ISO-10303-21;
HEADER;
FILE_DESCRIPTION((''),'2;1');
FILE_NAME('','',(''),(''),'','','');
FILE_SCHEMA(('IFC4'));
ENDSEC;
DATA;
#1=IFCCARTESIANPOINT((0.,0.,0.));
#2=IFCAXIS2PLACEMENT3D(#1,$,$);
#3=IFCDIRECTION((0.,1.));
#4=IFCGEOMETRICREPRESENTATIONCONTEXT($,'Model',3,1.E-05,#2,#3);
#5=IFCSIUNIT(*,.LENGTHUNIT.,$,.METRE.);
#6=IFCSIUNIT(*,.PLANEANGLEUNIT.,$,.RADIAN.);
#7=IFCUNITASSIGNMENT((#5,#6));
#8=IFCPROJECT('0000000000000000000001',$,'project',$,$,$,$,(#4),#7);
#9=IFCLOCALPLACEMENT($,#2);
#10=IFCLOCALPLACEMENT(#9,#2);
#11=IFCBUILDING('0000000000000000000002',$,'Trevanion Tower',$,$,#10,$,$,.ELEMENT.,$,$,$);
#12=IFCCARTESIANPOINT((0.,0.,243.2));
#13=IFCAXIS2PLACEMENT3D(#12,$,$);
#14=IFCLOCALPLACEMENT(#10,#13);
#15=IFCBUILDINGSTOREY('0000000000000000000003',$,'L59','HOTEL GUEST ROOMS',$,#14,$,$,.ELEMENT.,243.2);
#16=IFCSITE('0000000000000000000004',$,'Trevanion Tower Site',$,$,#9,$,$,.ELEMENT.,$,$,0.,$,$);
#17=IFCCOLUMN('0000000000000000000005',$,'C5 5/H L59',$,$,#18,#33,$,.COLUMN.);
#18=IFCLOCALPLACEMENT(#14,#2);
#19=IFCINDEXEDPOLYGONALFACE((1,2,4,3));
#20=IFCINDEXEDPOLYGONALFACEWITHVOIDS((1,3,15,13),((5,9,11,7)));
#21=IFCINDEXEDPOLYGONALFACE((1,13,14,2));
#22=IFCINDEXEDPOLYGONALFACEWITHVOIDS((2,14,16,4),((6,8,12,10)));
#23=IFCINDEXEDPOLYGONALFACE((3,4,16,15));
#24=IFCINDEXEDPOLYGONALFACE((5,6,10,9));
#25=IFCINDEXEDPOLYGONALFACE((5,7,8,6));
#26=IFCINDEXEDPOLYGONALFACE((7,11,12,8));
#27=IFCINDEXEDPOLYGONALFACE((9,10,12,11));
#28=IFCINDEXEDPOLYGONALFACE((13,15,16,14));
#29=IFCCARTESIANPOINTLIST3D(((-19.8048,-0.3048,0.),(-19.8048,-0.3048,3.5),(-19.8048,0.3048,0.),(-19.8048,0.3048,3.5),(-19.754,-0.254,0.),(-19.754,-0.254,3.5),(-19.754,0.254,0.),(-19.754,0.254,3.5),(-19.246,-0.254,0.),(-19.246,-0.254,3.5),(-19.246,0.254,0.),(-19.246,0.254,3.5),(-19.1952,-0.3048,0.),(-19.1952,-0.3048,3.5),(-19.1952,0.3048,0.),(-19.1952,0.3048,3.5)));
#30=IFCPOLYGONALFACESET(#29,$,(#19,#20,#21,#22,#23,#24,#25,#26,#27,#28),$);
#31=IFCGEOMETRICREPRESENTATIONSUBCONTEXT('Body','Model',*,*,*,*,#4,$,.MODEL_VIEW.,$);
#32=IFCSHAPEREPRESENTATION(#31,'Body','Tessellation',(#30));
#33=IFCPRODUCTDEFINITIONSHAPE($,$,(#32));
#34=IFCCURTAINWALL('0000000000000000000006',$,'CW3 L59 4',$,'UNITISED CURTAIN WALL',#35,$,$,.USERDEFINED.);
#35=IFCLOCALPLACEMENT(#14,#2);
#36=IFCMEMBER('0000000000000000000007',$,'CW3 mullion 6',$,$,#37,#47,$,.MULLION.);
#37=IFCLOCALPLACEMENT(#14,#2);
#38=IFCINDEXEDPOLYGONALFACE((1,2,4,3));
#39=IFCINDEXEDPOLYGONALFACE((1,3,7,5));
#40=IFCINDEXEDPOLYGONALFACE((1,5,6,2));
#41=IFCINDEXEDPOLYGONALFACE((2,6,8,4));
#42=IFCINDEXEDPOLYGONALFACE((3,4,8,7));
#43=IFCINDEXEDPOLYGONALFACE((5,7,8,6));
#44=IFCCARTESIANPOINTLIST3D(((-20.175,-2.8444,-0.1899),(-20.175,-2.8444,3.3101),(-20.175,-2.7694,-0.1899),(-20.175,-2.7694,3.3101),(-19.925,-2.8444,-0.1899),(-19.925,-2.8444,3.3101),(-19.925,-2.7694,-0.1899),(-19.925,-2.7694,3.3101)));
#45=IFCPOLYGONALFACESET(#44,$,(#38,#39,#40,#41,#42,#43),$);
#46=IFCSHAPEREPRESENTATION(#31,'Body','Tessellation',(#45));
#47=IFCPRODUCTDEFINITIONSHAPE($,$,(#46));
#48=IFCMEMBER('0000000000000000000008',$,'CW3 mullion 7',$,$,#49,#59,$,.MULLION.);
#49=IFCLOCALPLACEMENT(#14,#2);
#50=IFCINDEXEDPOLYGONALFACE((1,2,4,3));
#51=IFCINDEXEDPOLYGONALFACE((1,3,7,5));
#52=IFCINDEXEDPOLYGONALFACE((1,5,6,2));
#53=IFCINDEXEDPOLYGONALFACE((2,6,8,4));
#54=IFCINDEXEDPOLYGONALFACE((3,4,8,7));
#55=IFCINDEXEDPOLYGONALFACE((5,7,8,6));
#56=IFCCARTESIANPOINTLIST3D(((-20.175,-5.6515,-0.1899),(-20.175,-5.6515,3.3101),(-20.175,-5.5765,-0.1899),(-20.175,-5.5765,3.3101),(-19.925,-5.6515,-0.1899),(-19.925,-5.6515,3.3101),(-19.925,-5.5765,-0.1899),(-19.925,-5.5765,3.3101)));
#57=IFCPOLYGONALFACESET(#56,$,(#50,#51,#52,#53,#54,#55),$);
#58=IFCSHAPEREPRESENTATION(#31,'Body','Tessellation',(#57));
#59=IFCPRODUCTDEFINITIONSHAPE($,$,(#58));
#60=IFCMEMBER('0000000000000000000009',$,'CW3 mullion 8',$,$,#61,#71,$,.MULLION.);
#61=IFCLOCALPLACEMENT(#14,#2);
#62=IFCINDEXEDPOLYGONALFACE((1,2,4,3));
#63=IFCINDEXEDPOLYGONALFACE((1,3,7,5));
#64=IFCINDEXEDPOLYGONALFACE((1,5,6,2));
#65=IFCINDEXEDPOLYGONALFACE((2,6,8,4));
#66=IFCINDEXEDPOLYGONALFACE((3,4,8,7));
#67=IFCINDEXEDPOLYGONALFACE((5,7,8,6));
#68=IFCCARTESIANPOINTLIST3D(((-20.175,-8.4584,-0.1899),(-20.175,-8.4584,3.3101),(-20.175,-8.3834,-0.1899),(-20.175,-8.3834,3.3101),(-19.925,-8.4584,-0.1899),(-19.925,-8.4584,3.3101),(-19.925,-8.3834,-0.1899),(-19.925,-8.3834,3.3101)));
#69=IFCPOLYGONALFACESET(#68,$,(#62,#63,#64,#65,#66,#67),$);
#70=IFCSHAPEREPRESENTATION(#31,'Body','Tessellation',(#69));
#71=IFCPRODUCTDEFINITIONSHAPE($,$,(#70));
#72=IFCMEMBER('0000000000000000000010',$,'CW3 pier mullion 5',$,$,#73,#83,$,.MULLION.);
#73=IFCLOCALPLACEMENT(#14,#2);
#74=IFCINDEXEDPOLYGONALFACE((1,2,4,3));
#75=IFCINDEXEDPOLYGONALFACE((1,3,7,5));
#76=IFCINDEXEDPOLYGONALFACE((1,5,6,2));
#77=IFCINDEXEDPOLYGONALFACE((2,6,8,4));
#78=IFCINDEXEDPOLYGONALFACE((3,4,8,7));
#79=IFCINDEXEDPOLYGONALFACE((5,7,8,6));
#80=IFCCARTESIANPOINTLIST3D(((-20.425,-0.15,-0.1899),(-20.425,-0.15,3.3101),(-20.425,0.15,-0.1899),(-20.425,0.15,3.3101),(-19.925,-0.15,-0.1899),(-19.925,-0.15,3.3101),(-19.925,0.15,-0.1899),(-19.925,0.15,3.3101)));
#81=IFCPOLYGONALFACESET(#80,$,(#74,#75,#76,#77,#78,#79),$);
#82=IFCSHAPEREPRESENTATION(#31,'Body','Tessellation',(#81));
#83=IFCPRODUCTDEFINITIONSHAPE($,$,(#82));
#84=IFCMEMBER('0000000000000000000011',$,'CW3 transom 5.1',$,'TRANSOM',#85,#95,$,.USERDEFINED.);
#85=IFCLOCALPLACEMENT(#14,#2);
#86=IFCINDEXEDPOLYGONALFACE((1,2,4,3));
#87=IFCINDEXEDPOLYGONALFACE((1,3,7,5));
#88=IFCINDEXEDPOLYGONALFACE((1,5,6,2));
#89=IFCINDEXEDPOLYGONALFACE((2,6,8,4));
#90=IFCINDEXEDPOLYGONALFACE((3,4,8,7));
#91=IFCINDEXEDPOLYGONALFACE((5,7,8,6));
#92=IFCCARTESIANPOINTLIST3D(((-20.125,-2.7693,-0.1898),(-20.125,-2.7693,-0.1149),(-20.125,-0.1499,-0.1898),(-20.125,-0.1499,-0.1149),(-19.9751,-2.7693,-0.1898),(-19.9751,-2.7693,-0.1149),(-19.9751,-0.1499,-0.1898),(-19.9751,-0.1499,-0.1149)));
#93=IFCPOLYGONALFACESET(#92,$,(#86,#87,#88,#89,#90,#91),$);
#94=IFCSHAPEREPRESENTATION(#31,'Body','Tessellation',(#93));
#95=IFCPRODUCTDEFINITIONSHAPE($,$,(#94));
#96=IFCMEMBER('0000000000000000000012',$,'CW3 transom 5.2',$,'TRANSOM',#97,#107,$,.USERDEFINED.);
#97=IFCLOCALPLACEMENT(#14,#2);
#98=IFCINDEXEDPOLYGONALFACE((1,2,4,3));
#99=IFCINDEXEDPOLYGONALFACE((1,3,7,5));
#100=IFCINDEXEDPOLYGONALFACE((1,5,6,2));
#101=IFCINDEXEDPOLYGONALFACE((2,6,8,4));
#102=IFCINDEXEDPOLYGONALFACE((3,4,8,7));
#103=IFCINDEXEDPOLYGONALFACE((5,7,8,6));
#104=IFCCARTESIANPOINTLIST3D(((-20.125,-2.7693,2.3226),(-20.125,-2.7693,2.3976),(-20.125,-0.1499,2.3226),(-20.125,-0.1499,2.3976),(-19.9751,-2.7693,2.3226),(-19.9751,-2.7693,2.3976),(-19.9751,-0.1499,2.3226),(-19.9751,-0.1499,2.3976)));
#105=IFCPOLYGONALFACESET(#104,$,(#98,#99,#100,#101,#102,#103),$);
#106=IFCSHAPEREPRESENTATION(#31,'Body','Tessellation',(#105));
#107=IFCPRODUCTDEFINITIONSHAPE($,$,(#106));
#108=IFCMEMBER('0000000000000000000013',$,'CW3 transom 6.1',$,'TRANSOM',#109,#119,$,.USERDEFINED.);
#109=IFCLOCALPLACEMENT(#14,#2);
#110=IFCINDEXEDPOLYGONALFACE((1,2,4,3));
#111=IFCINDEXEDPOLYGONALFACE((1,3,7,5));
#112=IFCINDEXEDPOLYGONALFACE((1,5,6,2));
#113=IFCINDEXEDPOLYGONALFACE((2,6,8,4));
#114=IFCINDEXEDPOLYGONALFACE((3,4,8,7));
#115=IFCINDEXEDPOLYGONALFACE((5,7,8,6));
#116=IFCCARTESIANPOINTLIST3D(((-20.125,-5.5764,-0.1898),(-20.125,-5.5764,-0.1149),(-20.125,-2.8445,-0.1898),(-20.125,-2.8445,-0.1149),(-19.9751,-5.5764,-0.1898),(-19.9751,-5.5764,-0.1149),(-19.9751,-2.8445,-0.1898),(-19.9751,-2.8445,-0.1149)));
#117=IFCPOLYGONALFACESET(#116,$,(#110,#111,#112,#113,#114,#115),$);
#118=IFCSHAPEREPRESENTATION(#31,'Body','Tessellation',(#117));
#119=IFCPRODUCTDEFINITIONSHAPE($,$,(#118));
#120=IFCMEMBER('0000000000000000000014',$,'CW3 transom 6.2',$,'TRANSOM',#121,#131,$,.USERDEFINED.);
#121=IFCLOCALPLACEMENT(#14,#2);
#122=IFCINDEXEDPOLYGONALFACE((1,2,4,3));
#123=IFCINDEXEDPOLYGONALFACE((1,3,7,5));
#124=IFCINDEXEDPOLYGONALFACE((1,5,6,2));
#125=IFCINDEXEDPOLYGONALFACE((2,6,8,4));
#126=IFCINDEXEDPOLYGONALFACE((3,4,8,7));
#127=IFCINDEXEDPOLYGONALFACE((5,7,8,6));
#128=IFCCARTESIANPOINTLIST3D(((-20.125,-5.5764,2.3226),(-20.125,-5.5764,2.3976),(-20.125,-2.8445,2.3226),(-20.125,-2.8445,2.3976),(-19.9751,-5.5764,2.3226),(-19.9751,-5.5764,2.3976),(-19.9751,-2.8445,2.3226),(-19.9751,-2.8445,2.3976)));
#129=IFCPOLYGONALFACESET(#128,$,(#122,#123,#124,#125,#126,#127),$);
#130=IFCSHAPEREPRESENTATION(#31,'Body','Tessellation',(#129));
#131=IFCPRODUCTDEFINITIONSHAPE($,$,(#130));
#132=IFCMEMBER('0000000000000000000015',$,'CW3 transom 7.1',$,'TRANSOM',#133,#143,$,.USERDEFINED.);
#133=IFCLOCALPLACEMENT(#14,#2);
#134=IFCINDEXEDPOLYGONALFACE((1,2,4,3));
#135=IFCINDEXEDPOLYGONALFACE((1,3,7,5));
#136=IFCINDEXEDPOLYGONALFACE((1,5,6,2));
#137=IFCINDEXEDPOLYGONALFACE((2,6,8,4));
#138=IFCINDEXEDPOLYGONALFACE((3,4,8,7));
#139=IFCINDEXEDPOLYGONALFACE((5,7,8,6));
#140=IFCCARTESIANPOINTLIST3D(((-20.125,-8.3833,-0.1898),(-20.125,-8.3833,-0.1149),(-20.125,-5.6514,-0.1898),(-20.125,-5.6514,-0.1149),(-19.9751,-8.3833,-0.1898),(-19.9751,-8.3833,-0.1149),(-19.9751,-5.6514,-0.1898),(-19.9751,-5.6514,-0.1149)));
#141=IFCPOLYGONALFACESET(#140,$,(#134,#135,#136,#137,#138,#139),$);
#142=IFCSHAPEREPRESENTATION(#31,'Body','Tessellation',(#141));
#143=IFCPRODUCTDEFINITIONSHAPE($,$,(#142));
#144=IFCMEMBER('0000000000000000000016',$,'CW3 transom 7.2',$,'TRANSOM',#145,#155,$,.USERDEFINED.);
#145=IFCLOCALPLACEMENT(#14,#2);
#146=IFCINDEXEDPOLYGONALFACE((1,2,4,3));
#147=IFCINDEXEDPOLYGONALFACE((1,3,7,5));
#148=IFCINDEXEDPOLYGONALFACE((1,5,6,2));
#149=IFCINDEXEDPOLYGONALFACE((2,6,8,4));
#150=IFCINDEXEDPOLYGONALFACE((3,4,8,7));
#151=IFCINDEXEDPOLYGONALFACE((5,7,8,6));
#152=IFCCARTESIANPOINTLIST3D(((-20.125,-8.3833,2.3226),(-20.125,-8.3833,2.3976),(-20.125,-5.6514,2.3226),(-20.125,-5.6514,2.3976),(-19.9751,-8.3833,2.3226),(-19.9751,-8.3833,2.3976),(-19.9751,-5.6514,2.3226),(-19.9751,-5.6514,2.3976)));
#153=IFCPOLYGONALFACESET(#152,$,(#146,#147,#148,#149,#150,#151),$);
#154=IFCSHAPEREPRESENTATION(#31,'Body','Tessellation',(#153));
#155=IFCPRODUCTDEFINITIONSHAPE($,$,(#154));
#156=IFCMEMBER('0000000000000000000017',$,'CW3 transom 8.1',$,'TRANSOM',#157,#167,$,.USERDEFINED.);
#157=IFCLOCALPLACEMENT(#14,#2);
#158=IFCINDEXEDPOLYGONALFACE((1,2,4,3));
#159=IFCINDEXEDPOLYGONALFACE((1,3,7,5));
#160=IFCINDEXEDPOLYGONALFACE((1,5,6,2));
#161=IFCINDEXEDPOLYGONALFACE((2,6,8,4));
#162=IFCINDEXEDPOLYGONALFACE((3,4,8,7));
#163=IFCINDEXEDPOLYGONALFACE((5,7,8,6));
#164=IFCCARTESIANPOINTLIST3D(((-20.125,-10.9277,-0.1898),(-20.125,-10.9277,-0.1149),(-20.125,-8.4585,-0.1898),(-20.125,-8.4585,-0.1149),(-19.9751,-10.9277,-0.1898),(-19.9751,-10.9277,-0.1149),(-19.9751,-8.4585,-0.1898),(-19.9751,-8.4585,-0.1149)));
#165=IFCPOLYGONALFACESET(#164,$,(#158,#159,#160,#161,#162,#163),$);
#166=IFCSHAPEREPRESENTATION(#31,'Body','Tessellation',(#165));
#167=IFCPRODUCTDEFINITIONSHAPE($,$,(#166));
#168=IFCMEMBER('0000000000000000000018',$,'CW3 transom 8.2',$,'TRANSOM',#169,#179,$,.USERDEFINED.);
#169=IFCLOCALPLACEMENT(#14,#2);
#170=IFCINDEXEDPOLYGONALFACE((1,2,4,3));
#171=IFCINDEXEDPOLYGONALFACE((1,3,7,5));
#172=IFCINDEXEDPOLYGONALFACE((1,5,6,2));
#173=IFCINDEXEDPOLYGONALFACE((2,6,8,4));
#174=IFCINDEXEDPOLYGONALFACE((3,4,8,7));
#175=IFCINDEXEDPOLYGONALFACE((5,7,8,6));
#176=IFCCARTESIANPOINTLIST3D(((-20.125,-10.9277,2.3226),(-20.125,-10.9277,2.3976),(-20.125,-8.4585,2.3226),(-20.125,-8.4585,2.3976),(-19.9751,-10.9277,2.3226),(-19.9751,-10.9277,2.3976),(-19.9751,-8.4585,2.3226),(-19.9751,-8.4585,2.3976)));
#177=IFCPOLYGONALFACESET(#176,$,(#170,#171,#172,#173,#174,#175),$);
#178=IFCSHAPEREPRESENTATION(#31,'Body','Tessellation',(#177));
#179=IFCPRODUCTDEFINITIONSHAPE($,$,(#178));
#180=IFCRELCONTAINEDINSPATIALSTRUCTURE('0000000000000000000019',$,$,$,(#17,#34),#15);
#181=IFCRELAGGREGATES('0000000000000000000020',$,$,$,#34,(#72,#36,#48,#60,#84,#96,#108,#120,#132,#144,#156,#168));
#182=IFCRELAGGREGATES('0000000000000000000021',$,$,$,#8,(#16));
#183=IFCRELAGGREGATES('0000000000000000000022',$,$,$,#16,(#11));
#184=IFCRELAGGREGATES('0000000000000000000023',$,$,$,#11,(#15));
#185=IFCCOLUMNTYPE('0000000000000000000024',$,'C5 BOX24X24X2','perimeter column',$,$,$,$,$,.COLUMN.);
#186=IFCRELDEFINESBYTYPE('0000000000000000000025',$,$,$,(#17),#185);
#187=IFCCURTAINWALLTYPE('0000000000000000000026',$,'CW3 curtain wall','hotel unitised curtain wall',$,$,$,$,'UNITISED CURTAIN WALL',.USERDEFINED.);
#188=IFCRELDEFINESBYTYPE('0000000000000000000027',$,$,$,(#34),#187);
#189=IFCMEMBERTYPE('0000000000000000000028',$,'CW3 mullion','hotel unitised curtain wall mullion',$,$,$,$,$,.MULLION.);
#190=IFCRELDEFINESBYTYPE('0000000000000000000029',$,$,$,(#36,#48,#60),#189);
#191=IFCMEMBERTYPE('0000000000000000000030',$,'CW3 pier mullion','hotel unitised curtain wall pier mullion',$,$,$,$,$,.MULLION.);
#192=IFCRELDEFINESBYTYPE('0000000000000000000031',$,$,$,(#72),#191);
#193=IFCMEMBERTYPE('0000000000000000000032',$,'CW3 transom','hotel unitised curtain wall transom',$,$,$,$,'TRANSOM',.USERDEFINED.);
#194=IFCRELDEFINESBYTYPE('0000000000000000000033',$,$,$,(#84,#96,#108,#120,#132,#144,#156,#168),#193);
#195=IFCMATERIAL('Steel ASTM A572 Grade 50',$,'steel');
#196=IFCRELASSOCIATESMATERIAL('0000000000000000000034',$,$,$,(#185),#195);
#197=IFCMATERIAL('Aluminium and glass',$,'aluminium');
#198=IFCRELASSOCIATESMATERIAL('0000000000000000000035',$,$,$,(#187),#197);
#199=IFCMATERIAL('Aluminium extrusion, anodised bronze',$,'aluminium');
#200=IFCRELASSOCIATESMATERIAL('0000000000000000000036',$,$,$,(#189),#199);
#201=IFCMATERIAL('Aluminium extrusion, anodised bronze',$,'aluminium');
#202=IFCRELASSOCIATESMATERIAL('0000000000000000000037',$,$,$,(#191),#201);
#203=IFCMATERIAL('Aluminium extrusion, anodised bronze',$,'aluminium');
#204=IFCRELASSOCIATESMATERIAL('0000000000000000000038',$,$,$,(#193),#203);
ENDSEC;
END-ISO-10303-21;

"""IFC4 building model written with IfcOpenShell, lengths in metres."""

from ifc_helpers import new_model, si_unit, direction, frame, origin, origin_2d, place, context, subcontext, project, spatial, rectangle, hollow_rectangle, extrude, material, material_profile, profile_set, type_object, element, aggregate, save


model = new_model("IFC4")

# Units and contexts
model_context = context("Model", 3, precision=1e-05, world=origin(), true_north=direction((0.0, 1.0)))
body_context = subcontext(model_context, "Body", "Model", "MODEL_VIEW")
ifc_project = project(units=[si_unit("LENGTHUNIT", "METRE"), si_unit("PLANEANGLEUNIT", "RADIAN")], contexts=[model_context])

# Site, building, storey
site_placement = place(None, origin())
site = spatial("IfcSite", under=ifc_project, at=site_placement, Name="Trevanion Tower Site", CompositionType="ELEMENT", RefElevation=0.0)
building_placement = place(site_placement, origin())
building = spatial("IfcBuilding", under=site, at=building_placement, Name="Trevanion Tower", CompositionType="ELEMENT")
storey_placement = place(building_placement, frame((0.0, 0.0, 243.2)))
storey = spatial("IfcBuildingStorey", under=building, at=storey_placement, Name="L59", Description="HOTEL GUEST ROOMS", CompositionType="ELEMENT", Elevation=243.2)

# Column
ifc_material_1 = material(Name="Steel ASTM A572 Grade 50", Category="steel")
ifc_material_profile_1 = material_profile(ifc_material_1, hollow_rectangle(XDim=0.6096, YDim=0.6096, WallThickness=0.0508, at=origin_2d()), Name="BOX24X24X2")
ifc_profile_set_1 = profile_set([ifc_material_profile_1], Name="Steel ASTM A572 Grade 50")
column_type = type_object("IfcColumnType", Name="C5 BOX24X24X2", Description="perimeter column", PredefinedType="COLUMN", material=ifc_profile_set_1)
column_placement = place(storey_placement, frame((-19.5, 0.0, 0.0), z_axis=(0.0, 0.0, 1.0), x_axis=(0.0, 1.0, 0.0)))
element("IfcColumn", 1, at=column_placement, inside=storey, type_object=column_type, Name="C5 5/H L59", PredefinedType="COLUMN", context=body_context, shape_type="SweptSolid", body=[
    extrude(hollow_rectangle(XDim=0.6096, YDim=0.6096, WallThickness=0.0508, at=origin_2d()), origin(), (0.0, 0.0, 1.0), 3.5),
])

# Curtain wall, members
ifc_material_2 = material(Name="Aluminium and glass", Category="aluminium")
curtain_wall_type = type_object("IfcCurtainWallType", Name="CW3 curtain wall", Description="hotel unitised curtain wall", ElementType="UNITISED CURTAIN WALL", PredefinedType="USERDEFINED", material=ifc_material_2)
curtain_wall_placement = place(storey_placement, origin())
curtain_wall = element("IfcCurtainWall", 2, at=curtain_wall_placement, inside=storey, type_object=curtain_wall_type, Name="CW3 L59 4", ObjectType="UNITISED CURTAIN WALL", PredefinedType="USERDEFINED")
ifc_material_3 = material(Name="Aluminium extrusion, anodised bronze", Category="aluminium")
ifc_material_profile_2 = material_profile(ifc_material_3, rectangle(XDim=0.075, YDim=0.25, at=origin_2d()), Name="CW3 mullion")
ifc_profile_set_2 = profile_set([ifc_material_profile_2], Name="Aluminium extrusion, anodised bronze")
member_type_1 = type_object("IfcMemberType", Name="CW3 mullion", Description="hotel unitised curtain wall mullion", PredefinedType="MULLION", material=ifc_profile_set_2)
member_1_placement = place(storey_placement, frame((-20.05, -2.8069, -0.1899), z_axis=(0.0, 0.0, 1.0), x_axis=(0.0, -1.0, 0.0)))
member_1 = element("IfcMember", 3, at=member_1_placement, type_object=member_type_1, Name="CW3 mullion 6", PredefinedType="MULLION", context=body_context, shape_type="SweptSolid", body=[
    extrude(rectangle(XDim=0.075, YDim=0.25, at=origin_2d()), origin(), (0.0, 0.0, 1.0), 3.5),
])
member_2_placement = place(storey_placement, frame((-20.05, -5.614, -0.1899), z_axis=(0.0, 0.0, 1.0), x_axis=(0.0, -1.0, 0.0)))
member_2 = element("IfcMember", 4, at=member_2_placement, type_object=member_type_1, Name="CW3 mullion 7", PredefinedType="MULLION", context=body_context, shape_type="SweptSolid", body=[
    extrude(rectangle(XDim=0.075, YDim=0.25, at=origin_2d()), origin(), (0.0, 0.0, 1.0), 3.5),
])
member_3_placement = place(storey_placement, frame((-20.05, -8.4209, -0.1899), z_axis=(0.0, 0.0, 1.0), x_axis=(0.0, -1.0, 0.0)))
member_3 = element("IfcMember", 5, at=member_3_placement, type_object=member_type_1, Name="CW3 mullion 8", PredefinedType="MULLION", context=body_context, shape_type="SweptSolid", body=[
    extrude(rectangle(XDim=0.075, YDim=0.25, at=origin_2d()), origin(), (0.0, 0.0, 1.0), 3.5),
])
ifc_material_4 = material(Name="Aluminium extrusion, anodised bronze", Category="aluminium")
ifc_material_profile_3 = material_profile(ifc_material_4, rectangle(XDim=0.3, YDim=0.5, at=origin_2d()), Name="CW3 pier mullion")
ifc_profile_set_3 = profile_set([ifc_material_profile_3], Name="Aluminium extrusion, anodised bronze")
member_type_2 = type_object("IfcMemberType", Name="CW3 pier mullion", Description="hotel unitised curtain wall pier mullion", PredefinedType="MULLION", material=ifc_profile_set_3)
member_4_placement = place(storey_placement, frame((-20.175, 0.0, -0.1899), z_axis=(0.0, 0.0, 1.0), x_axis=(0.0, -1.0, 0.0)))
member_4 = element("IfcMember", 6, at=member_4_placement, type_object=member_type_2, Name="CW3 pier mullion 5", PredefinedType="MULLION", context=body_context, shape_type="SweptSolid", body=[
    extrude(rectangle(XDim=0.3, YDim=0.5, at=origin_2d()), origin(), (0.0, 0.0, 1.0), 3.5),
])
ifc_material_5 = material(Name="Aluminium extrusion, anodised bronze", Category="aluminium")
ifc_material_profile_4 = material_profile(ifc_material_5, rectangle(XDim=0.1499, YDim=0.075, at=origin_2d()), Name="CW3 transom")
ifc_profile_set_4 = profile_set([ifc_material_profile_4], Name="Aluminium extrusion, anodised bronze")
member_type_3 = type_object("IfcMemberType", Name="CW3 transom", Description="hotel unitised curtain wall transom", ElementType="TRANSOM", PredefinedType="USERDEFINED", material=ifc_profile_set_4)
member_5_placement = place(storey_placement, frame((-20.05, -0.1499, -0.1523), z_axis=(0.0, -1.0, 0.0), x_axis=(1.0, 0.0, 0.0)))
member_5 = element("IfcMember", 7, at=member_5_placement, type_object=member_type_3, Name="CW3 transom 5.1", ObjectType="TRANSOM", PredefinedType="USERDEFINED", context=body_context, shape_type="SweptSolid", body=[
    extrude(rectangle(XDim=0.1499, YDim=0.075, at=origin_2d()), origin(), (0.0, 0.0, 1.0), 2.6194),
])
member_6_placement = place(storey_placement, frame((-20.05, -0.1499, 2.3601), z_axis=(0.0, -1.0, 0.0), x_axis=(1.0, 0.0, 0.0)))
member_6 = element("IfcMember", 8, at=member_6_placement, type_object=member_type_3, Name="CW3 transom 5.2", ObjectType="TRANSOM", PredefinedType="USERDEFINED", context=body_context, shape_type="SweptSolid", body=[
    extrude(rectangle(XDim=0.1499, YDim=0.075, at=origin_2d()), origin(), (0.0, 0.0, 1.0), 2.6194),
])
member_7_placement = place(storey_placement, frame((-20.05, -2.8445, -0.1523), z_axis=(0.0, -1.0, 0.0), x_axis=(1.0, 0.0, 0.0)))
member_7 = element("IfcMember", 9, at=member_7_placement, type_object=member_type_3, Name="CW3 transom 6.1", ObjectType="TRANSOM", PredefinedType="USERDEFINED", context=body_context, shape_type="SweptSolid", body=[
    extrude(rectangle(XDim=0.1499, YDim=0.075, at=origin_2d()), origin(), (0.0, 0.0, 1.0), 2.7319),
])
member_8_placement = place(storey_placement, frame((-20.05, -2.8445, 2.3601), z_axis=(0.0, -1.0, 0.0), x_axis=(1.0, 0.0, 0.0)))
member_8 = element("IfcMember", 10, at=member_8_placement, type_object=member_type_3, Name="CW3 transom 6.2", ObjectType="TRANSOM", PredefinedType="USERDEFINED", context=body_context, shape_type="SweptSolid", body=[
    extrude(rectangle(XDim=0.1499, YDim=0.075, at=origin_2d()), origin(), (0.0, 0.0, 1.0), 2.7319),
])
member_9_placement = place(storey_placement, frame((-20.05, -5.6514, -0.1523), z_axis=(0.0, -1.0, 0.0), x_axis=(1.0, 0.0, 0.0)))
member_9 = element("IfcMember", 11, at=member_9_placement, type_object=member_type_3, Name="CW3 transom 7.1", ObjectType="TRANSOM", PredefinedType="USERDEFINED", context=body_context, shape_type="SweptSolid", body=[
    extrude(rectangle(XDim=0.1499, YDim=0.075, at=origin_2d()), origin(), (0.0, 0.0, 1.0), 2.7319),
])
member_10_placement = place(storey_placement, frame((-20.05, -5.6514, 2.3601), z_axis=(0.0, -1.0, 0.0), x_axis=(1.0, 0.0, 0.0)))
member_10 = element("IfcMember", 12, at=member_10_placement, type_object=member_type_3, Name="CW3 transom 7.2", ObjectType="TRANSOM", PredefinedType="USERDEFINED", context=body_context, shape_type="SweptSolid", body=[
    extrude(rectangle(XDim=0.1499, YDim=0.075, at=origin_2d()), origin(), (0.0, 0.0, 1.0), 2.7319),
])
member_11_placement = place(storey_placement, frame((-20.05, -8.4585, -0.1523), z_axis=(0.0, -1.0, 0.0), x_axis=(1.0, 0.0, 0.0)))
member_11 = element("IfcMember", 13, at=member_11_placement, type_object=member_type_3, Name="CW3 transom 8.1", ObjectType="TRANSOM", PredefinedType="USERDEFINED", context=body_context, shape_type="SweptSolid", body=[
    extrude(rectangle(XDim=0.1499, YDim=0.075, at=origin_2d()), origin(), (0.0, 0.0, 1.0), 2.4692),
])
member_12_placement = place(storey_placement, frame((-20.05, -8.4585, 2.3601), z_axis=(0.0, -1.0, 0.0), x_axis=(1.0, 0.0, 0.0)))
member_12 = element("IfcMember", 14, at=member_12_placement, type_object=member_type_3, Name="CW3 transom 8.2", ObjectType="TRANSOM", PredefinedType="USERDEFINED", context=body_context, shape_type="SweptSolid", body=[
    extrude(rectangle(XDim=0.1499, YDim=0.075, at=origin_2d()), origin(), (0.0, 0.0, 1.0), 2.4692),
])

aggregate(curtain_wall, [member_4, member_1, member_2, member_3, member_5, member_6, member_7, member_8, member_9, member_10, member_11, member_12])

save(model, "model.ifc")
